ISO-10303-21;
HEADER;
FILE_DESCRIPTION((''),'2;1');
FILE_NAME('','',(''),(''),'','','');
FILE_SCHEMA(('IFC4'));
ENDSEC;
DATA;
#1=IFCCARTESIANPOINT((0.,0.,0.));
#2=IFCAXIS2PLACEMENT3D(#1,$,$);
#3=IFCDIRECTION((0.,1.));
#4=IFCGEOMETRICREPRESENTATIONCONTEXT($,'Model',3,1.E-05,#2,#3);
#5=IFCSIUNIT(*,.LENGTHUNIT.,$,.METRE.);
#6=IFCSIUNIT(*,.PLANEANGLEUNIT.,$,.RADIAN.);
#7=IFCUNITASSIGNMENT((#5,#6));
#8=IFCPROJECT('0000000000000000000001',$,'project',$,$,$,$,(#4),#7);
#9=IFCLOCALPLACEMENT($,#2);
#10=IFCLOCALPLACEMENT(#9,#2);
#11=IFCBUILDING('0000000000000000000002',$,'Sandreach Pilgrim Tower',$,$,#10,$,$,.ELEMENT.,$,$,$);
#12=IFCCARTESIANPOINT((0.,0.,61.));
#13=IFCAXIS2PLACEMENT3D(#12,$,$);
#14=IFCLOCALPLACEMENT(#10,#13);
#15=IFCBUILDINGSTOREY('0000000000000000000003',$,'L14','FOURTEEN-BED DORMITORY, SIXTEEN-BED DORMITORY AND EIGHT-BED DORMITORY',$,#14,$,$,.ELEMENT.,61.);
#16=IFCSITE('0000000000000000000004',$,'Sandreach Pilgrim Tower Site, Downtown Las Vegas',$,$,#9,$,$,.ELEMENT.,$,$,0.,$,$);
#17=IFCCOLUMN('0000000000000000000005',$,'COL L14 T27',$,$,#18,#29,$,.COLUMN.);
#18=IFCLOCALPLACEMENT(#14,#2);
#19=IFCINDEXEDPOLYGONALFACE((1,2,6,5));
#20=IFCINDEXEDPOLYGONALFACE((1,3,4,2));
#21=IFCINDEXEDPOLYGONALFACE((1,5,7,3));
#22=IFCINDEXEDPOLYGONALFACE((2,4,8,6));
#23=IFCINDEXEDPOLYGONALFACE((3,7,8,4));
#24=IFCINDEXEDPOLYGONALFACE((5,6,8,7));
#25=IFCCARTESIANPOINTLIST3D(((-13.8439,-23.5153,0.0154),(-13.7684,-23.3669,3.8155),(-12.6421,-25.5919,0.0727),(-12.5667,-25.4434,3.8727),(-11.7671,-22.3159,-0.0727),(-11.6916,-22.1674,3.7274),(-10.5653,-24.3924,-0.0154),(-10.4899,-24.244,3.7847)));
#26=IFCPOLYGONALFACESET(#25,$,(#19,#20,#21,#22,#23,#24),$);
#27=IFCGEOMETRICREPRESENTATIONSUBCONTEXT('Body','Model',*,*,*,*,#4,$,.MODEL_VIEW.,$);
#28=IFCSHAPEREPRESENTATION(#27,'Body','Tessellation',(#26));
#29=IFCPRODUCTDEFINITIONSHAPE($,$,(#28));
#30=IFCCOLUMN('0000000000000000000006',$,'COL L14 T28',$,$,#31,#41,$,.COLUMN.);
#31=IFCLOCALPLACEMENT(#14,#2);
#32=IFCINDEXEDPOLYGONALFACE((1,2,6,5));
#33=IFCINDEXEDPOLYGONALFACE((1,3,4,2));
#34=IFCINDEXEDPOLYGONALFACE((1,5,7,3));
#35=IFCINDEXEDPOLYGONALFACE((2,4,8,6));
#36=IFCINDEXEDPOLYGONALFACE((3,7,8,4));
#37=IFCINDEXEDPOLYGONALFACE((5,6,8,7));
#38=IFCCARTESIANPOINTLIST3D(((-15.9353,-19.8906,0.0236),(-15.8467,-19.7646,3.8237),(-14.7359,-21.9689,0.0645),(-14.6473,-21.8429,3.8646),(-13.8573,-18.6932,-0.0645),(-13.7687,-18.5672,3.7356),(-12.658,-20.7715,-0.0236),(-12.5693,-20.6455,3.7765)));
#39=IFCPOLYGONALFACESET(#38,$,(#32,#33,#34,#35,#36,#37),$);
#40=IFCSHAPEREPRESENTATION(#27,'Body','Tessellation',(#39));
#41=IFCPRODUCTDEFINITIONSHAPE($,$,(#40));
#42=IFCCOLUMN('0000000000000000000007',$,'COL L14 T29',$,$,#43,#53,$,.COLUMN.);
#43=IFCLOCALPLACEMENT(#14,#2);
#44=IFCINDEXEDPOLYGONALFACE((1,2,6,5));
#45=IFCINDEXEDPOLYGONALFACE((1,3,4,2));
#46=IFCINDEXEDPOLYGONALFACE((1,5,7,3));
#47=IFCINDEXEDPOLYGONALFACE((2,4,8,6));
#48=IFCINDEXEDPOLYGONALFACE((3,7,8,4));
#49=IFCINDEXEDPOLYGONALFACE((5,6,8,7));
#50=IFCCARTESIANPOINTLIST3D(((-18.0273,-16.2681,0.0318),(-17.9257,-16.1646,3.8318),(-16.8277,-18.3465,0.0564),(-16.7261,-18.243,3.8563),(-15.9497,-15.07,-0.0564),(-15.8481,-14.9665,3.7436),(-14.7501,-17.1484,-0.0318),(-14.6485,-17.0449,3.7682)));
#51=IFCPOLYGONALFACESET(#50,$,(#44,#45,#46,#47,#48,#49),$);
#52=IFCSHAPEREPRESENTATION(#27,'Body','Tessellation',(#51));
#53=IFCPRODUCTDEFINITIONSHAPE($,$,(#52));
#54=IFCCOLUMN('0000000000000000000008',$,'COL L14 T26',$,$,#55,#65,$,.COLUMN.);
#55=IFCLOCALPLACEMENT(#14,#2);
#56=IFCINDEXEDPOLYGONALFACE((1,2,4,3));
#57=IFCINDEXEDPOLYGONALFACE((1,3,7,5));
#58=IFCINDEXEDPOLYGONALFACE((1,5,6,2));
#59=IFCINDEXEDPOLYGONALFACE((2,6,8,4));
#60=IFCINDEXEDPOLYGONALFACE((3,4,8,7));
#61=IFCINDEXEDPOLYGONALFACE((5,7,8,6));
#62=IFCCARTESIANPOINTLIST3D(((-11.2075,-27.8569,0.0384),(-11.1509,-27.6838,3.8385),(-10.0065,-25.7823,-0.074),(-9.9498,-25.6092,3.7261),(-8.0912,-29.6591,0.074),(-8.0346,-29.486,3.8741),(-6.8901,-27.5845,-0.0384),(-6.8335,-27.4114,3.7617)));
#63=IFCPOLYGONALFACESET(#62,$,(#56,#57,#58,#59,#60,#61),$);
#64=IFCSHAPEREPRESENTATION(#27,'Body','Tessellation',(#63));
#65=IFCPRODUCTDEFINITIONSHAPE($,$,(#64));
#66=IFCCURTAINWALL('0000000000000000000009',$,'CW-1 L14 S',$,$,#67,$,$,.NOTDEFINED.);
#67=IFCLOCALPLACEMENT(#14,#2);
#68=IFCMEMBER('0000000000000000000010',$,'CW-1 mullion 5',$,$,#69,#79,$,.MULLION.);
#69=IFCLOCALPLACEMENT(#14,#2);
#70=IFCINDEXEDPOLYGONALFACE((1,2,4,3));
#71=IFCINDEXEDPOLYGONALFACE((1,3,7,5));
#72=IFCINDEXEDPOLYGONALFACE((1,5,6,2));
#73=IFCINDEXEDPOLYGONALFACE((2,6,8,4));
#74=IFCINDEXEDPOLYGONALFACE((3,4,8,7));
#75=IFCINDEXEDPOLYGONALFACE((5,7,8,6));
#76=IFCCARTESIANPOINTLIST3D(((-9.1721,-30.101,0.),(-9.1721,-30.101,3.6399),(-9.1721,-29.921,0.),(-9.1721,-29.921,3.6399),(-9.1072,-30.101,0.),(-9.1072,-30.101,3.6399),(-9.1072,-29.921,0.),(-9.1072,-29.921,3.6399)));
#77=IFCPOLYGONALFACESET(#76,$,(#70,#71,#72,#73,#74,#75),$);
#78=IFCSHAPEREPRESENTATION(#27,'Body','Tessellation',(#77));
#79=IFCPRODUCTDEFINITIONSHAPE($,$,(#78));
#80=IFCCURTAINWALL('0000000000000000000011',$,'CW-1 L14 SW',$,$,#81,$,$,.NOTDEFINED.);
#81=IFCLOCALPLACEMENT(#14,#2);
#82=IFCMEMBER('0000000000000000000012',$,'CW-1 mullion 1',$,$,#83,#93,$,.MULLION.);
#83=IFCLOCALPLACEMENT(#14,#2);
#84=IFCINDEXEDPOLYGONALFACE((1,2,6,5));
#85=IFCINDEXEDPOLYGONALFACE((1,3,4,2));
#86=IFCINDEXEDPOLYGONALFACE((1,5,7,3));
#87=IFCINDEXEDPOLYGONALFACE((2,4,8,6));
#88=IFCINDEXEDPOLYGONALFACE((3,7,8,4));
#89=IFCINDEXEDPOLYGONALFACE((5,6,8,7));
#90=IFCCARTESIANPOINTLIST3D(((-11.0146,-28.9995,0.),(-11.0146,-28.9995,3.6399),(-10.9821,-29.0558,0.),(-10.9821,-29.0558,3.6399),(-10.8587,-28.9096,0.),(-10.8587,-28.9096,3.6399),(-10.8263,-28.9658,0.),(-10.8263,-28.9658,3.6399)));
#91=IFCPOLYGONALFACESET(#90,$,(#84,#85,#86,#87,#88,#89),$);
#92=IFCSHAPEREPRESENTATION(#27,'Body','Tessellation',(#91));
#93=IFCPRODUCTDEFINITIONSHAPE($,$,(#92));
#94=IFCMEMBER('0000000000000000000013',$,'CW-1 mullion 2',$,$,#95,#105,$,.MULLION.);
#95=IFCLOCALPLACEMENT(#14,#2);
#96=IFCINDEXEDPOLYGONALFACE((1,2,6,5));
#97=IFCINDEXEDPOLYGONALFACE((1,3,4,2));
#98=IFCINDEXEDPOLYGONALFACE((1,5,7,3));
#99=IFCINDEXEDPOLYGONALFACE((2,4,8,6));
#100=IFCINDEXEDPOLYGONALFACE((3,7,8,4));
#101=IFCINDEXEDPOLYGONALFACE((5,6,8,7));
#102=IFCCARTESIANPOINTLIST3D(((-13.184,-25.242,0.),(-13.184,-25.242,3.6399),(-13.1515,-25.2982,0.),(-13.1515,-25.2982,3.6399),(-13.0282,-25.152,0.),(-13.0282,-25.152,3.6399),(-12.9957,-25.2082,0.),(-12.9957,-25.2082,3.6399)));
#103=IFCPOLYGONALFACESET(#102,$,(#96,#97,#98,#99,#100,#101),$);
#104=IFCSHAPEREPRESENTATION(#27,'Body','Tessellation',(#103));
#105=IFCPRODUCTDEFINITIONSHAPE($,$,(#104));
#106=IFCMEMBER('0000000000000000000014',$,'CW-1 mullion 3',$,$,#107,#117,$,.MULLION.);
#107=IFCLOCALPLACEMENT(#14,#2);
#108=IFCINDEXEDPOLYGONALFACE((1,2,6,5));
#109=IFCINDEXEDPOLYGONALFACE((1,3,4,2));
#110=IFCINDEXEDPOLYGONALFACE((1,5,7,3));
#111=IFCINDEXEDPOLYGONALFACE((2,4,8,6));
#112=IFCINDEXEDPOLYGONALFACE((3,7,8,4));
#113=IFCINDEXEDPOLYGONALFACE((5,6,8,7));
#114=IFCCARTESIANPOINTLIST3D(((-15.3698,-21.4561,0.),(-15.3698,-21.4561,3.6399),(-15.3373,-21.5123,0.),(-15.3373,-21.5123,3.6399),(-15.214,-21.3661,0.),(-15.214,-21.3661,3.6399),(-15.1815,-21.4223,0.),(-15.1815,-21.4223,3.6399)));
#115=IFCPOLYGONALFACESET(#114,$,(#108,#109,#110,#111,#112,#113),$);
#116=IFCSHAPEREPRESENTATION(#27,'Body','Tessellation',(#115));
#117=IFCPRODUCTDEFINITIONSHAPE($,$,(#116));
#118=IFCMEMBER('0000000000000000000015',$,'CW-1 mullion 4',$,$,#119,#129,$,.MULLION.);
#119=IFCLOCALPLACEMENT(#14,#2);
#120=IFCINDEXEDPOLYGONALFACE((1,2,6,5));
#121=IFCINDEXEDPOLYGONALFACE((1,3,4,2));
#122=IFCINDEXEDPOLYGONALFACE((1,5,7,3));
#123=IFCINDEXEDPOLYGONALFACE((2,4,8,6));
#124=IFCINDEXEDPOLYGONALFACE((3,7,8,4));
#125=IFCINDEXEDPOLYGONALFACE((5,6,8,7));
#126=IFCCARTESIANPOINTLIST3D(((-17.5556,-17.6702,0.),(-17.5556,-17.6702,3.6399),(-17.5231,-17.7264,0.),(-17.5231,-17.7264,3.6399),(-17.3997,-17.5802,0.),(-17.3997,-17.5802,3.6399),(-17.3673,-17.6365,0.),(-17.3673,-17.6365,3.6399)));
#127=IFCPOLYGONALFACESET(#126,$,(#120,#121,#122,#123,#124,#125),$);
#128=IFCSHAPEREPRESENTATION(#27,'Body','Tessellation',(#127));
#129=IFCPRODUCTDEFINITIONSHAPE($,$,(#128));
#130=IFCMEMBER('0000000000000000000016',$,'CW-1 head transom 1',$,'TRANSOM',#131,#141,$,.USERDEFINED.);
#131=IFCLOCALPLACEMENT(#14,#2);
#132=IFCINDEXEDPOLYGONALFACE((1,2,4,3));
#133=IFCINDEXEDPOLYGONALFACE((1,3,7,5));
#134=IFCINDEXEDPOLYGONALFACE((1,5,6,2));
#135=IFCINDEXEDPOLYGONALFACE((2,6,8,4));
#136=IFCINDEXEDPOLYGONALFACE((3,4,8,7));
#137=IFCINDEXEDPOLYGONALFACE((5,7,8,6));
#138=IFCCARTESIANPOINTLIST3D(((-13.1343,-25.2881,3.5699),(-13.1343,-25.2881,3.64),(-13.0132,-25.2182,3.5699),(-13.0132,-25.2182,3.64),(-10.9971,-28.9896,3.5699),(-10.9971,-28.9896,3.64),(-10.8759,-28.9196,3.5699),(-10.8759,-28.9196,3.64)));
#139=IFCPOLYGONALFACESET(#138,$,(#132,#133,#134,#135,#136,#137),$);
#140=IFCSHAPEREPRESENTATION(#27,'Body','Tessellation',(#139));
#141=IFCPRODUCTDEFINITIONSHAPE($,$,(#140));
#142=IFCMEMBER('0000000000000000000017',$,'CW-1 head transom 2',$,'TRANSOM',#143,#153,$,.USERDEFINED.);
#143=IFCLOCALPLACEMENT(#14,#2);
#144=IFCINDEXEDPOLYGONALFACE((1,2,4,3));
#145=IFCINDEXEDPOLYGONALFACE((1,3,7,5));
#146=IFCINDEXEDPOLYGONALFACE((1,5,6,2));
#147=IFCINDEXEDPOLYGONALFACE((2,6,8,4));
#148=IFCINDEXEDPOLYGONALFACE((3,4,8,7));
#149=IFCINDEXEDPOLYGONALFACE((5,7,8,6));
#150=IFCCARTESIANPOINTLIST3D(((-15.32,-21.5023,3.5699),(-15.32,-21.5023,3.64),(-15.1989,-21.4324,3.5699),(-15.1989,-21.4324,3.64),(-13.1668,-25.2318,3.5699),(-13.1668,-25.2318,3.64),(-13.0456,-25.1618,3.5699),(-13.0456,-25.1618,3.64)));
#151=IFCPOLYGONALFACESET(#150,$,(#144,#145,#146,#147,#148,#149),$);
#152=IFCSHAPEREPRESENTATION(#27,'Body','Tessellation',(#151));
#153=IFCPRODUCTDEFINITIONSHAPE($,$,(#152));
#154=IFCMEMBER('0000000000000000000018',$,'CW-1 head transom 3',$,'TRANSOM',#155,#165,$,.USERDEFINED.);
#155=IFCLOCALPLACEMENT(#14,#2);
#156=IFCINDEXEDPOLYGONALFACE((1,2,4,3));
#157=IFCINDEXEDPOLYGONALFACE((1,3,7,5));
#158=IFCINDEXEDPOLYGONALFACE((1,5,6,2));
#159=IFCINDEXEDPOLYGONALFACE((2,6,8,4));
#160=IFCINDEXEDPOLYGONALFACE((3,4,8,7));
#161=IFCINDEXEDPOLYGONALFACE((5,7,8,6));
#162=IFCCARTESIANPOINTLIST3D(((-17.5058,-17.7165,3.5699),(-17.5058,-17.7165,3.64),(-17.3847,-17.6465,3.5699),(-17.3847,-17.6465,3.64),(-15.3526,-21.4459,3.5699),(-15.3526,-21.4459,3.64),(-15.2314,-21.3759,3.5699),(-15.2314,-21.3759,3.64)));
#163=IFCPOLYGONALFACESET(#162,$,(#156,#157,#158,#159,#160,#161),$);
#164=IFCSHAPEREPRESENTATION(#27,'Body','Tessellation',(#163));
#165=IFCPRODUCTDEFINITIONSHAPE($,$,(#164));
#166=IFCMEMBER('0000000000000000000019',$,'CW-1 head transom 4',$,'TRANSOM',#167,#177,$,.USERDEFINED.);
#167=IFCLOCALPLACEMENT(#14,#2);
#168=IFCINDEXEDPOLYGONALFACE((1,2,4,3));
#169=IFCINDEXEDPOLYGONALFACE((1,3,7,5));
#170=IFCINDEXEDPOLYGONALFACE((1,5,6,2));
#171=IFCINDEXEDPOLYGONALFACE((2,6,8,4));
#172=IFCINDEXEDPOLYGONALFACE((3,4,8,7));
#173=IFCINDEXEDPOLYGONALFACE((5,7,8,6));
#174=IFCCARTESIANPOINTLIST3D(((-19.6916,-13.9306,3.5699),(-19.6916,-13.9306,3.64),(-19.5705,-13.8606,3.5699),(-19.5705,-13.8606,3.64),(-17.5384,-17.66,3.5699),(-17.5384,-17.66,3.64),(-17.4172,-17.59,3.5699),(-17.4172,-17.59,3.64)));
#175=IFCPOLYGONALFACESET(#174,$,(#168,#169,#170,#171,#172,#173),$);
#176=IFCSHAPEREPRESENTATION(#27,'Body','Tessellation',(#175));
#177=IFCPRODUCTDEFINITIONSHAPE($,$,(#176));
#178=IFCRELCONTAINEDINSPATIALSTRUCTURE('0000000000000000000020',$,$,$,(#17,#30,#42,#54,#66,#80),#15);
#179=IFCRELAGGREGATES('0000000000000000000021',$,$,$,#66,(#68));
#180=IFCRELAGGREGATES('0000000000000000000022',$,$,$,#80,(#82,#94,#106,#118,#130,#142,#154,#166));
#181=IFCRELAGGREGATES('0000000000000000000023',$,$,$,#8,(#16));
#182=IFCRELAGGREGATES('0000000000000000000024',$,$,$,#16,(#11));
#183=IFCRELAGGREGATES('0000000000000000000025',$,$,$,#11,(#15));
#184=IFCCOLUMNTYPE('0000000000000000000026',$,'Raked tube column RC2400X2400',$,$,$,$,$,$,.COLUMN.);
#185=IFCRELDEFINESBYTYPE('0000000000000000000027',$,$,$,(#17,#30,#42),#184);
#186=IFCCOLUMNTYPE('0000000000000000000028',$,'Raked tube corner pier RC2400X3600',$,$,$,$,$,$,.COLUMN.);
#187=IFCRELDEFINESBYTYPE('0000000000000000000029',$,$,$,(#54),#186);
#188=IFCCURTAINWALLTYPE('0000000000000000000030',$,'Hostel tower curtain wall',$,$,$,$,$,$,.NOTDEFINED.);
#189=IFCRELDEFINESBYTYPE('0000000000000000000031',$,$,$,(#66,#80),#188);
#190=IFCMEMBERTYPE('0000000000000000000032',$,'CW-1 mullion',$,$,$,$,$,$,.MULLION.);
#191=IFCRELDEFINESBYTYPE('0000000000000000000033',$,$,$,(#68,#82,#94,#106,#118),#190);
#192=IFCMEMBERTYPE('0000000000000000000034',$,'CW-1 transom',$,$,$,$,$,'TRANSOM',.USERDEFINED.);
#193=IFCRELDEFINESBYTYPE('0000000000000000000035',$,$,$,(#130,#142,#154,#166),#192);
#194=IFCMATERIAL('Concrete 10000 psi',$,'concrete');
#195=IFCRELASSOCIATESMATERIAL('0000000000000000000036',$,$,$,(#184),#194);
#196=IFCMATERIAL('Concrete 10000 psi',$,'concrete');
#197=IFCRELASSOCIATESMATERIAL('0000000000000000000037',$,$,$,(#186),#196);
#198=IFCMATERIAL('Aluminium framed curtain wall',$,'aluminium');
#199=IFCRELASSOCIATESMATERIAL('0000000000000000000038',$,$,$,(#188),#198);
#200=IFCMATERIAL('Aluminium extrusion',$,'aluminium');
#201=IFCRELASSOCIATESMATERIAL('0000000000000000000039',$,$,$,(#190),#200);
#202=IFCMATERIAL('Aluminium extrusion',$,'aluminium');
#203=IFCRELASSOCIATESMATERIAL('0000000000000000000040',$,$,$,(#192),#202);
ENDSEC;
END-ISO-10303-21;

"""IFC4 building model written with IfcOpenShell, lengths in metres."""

from ifc_helpers import new_model, si_unit, direction, frame, origin, origin_2d, place, context, subcontext, project, spatial, rectangle, extrude, material, material_profile, profile_set, type_object, element, aggregate, save


model = new_model("IFC4")

# Units and contexts
model_context = context("Model", 3, precision=1e-05, world=origin(), true_north=direction((0.0, 1.0)))
body_context = subcontext(model_context, "Body", "Model", "MODEL_VIEW")
ifc_project = project(units=[si_unit("LENGTHUNIT", "METRE"), si_unit("PLANEANGLEUNIT", "RADIAN")], contexts=[model_context])

# Site, building, storey
site_placement = place(None, origin())
site = spatial("IfcSite", under=ifc_project, at=site_placement, Name="Sandreach Pilgrim Tower Site, Downtown Las Vegas", CompositionType="ELEMENT", RefElevation=0.0)
building_placement = place(site_placement, origin())
building = spatial("IfcBuilding", under=site, at=building_placement, Name="Sandreach Pilgrim Tower", CompositionType="ELEMENT")
storey_placement = place(building_placement, frame((0.0, 0.0, 61.0)))
storey = spatial("IfcBuildingStorey", under=building, at=storey_placement, Name="L14", Description="FOURTEEN-BED DORMITORY, SIXTEEN-BED DORMITORY AND EIGHT-BED DORMITORY", CompositionType="ELEMENT", Elevation=61.0)

# Columns
ifc_material_1 = material(Name="Concrete 10000 psi", Category="concrete")
ifc_material_profile_1 = material_profile(ifc_material_1, rectangle(XDim=2.3999, YDim=2.3999, at=origin_2d()), Name="RC2400X2400")
ifc_profile_set_1 = profile_set([ifc_material_profile_1], Name="Concrete 10000 psi")
column_type_1 = type_object("IfcColumnType", Name="Raked tube column RC2400X2400", PredefinedType="COLUMN", material=ifc_profile_set_1)
column_1_placement = place(storey_placement, frame((-12.2046, -23.9539, 0.0), z_axis=(0.019833, 0.039025, 0.999041), x_axis=(-0.865371, -0.499786, 0.036702)))
element("IfcColumn", 1, at=column_1_placement, inside=storey, type_object=column_type_1, Name="COL L14 T27", PredefinedType="COLUMN", context=body_context, shape_type="SweptSolid", body=[
    extrude(rectangle(XDim=2.3999, YDim=2.3999, at=origin_2d()), origin(), (0.0, 0.0, 1.0), 3.8037),
])
column_2_placement = place(storey_placement, frame((-14.2966, -20.3311, 0.0), z_axis=(0.023302, 0.033124, 0.99918), x_axis=(-0.865854, -0.498947, 0.036734)))
element("IfcColumn", 2, at=column_2_placement, inside=storey, type_object=column_type_1, Name="COL L14 T28", PredefinedType="COLUMN", context=body_context, shape_type="SweptSolid", body=[
    extrude(rectangle(XDim=2.3999, YDim=2.3999, at=origin_2d()), origin(), (0.0, 0.0, 1.0), 3.8032),
])
column_3_placement = place(storey_placement, frame((-16.3887, -16.7083, 0.0), z_axis=(0.026707, 0.027221, 0.999273), x_axis=(-0.865695, -0.499221, 0.036736)))
element("IfcColumn", 3, at=column_3_placement, inside=storey, type_object=column_type_1, Name="COL L14 T29", PredefinedType="COLUMN", context=body_context, shape_type="SweptSolid", body=[
    extrude(rectangle(XDim=2.3999, YDim=2.3999, at=origin_2d()), origin(), (0.0, 0.0, 1.0), 3.8027),
])
ifc_material_2 = material(Name="Concrete 10000 psi", Category="concrete")
ifc_material_profile_2 = material_profile(ifc_material_2, rectangle(XDim=2.3999, YDim=3.6001, at=origin_2d()), Name="RC2400X3600")
ifc_profile_set_2 = profile_set([ifc_material_profile_2], Name="Concrete 10000 psi")
column_type_2 = type_object("IfcColumnType", Name="Raked tube corner pier RC2400X3600", PredefinedType="COLUMN", material=ifc_profile_set_2)
column_4_placement = place(storey_placement, frame((-9.0488, -27.7207, 0.0), z_axis=(0.014888, 0.045499, 0.998853), x_axis=(-0.500473, -0.864484, 0.046838)))
element("IfcColumn", 4, at=column_4_placement, inside=storey, type_object=column_type_2, Name="COL L14 T26", PredefinedType="COLUMN", context=body_context, shape_type="SweptSolid", body=[
    extrude(rectangle(XDim=2.3999, YDim=3.6001, at=origin_2d()), origin(), (0.0, 0.0, 1.0), 3.8044),
])

# Curtain wall, member
ifc_material_3 = material(Name="Aluminium framed curtain wall", Category="aluminium")
curtain_wall_type = type_object("IfcCurtainWallType", Name="Hostel tower curtain wall", PredefinedType="NOTDEFINED", material=ifc_material_3)
curtain_wall_1_placement = place(storey_placement, origin())
curtain_wall_1 = element("IfcCurtainWall", 5, at=curtain_wall_1_placement, inside=storey, type_object=curtain_wall_type, Name="CW-1 L14 S", PredefinedType="NOTDEFINED")
ifc_material_4 = material(Name="Aluminium extrusion", Category="aluminium")
ifc_material_profile_3 = material_profile(ifc_material_4, rectangle(XDim=0.0649, YDim=0.1799, at=origin_2d()), Name="CW-1M 65X180")
ifc_profile_set_3 = profile_set([ifc_material_profile_3], Name="Aluminium extrusion")
member_type_1 = type_object("IfcMemberType", Name="CW-1 mullion", PredefinedType="MULLION", material=ifc_profile_set_3)
member_1_placement = place(storey_placement, frame((-9.1396, -30.011, 0.0), z_axis=(0.0, 0.0, 1.0), x_axis=(-1.0, 0.0, 0.0)))
member_1 = element("IfcMember", 6, at=member_1_placement, type_object=member_type_1, Name="CW-1 mullion 5", PredefinedType="MULLION", context=body_context, shape_type="SweptSolid", body=[
    extrude(rectangle(XDim=0.0649, YDim=0.1799, at=origin_2d()), origin(), (0.0, 0.0, 1.0), 3.6399),
])
aggregate(curtain_wall_1, [member_1])

# Curtain wall, members
curtain_wall_2_placement = place(storey_placement, origin())
curtain_wall_2 = element("IfcCurtainWall", 7, at=curtain_wall_2_placement, inside=storey, type_object=curtain_wall_type, Name="CW-1 L14 SW", PredefinedType="NOTDEFINED")
member_2_placement = place(storey_placement, frame((-10.9204, -28.9827, 0.0), z_axis=(0.0, 0.0, 1.0), x_axis=(-0.5, 0.866025, 0.0)))
member_2 = element("IfcMember", 8, at=member_2_placement, type_object=member_type_1, Name="CW-1 mullion 1", PredefinedType="MULLION", context=body_context, shape_type="SweptSolid", body=[
    extrude(rectangle(XDim=0.0649, YDim=0.1799, at=origin_2d()), origin(), (0.0, 0.0, 1.0), 3.6399),
])
member_3_placement = place(storey_placement, frame((-13.0898, -25.2251, 0.0), z_axis=(0.0, 0.0, 1.0), x_axis=(-0.5, 0.866025, 0.0)))
member_3 = element("IfcMember", 9, at=member_3_placement, type_object=member_type_1, Name="CW-1 mullion 2", PredefinedType="MULLION", context=body_context, shape_type="SweptSolid", body=[
    extrude(rectangle(XDim=0.0649, YDim=0.1799, at=origin_2d()), origin(), (0.0, 0.0, 1.0), 3.6399),
])
member_4_placement = place(storey_placement, frame((-15.2756, -21.4392, 0.0), z_axis=(0.0, 0.0, 1.0), x_axis=(-0.5, 0.866025, 0.0)))
member_4 = element("IfcMember", 10, at=member_4_placement, type_object=member_type_1, Name="CW-1 mullion 3", PredefinedType="MULLION", context=body_context, shape_type="SweptSolid", body=[
    extrude(rectangle(XDim=0.0649, YDim=0.1799, at=origin_2d()), origin(), (0.0, 0.0, 1.0), 3.6399),
])
member_5_placement = place(storey_placement, frame((-17.4614, -17.6533, 0.0), z_axis=(0.0, 0.0, 1.0), x_axis=(-0.5, 0.866025, 0.0)))
member_5 = element("IfcMember", 11, at=member_5_placement, type_object=member_type_1, Name="CW-1 mullion 4", PredefinedType="MULLION", context=body_context, shape_type="SweptSolid", body=[
    extrude(rectangle(XDim=0.0649, YDim=0.1799, at=origin_2d()), origin(), (0.0, 0.0, 1.0), 3.6399),
])
ifc_material_5 = material(Name="Aluminium extrusion", Category="aluminium")
ifc_material_profile_4 = material_profile(ifc_material_5, rectangle(XDim=0.1399, YDim=0.0701, at=origin_2d()), Name="CW-1T 140X70")
ifc_profile_set_4 = profile_set([ifc_material_profile_4], Name="Aluminium extrusion")
member_type_2 = type_object("IfcMemberType", Name="CW-1 transom", ElementType="TRANSOM", PredefinedType="USERDEFINED", material=ifc_profile_set_4)
member_6_placement = place(storey_placement, frame((-10.9365, -28.9546, 3.605), z_axis=(-0.500034, 0.866006, 0.0), x_axis=(-0.866006, -0.500034, 0.0)))
member_6 = element("IfcMember", 12, at=member_6_placement, type_object=member_type_2, Name="CW-1 head transom 1", ObjectType="TRANSOM", PredefinedType="USERDEFINED", context=body_context, shape_type="SweptSolid", body=[
    extrude(rectangle(XDim=0.1399, YDim=0.0701, at=origin_2d()), origin(), (0.0, 0.0, 1.0), 4.2742),
])
member_7_placement = place(storey_placement, frame((-13.1062, -25.1968, 3.605), z_axis=(-0.500017, 0.866016, 0.0), x_axis=(-0.866016, -0.500017, 0.0)))
member_7 = element("IfcMember", 13, at=member_7_placement, type_object=member_type_2, Name="CW-1 head transom 2", ObjectType="TRANSOM", PredefinedType="USERDEFINED", context=body_context, shape_type="SweptSolid", body=[
    extrude(rectangle(XDim=0.1399, YDim=0.0701, at=origin_2d()), origin(), (0.0, 0.0, 1.0), 4.3064),
])
member_8_placement = place(storey_placement, frame((-15.292, -21.4109, 3.605), z_axis=(-0.500017, 0.866016, 0.0), x_axis=(-0.866016, -0.500017, 0.0)))
member_8 = element("IfcMember", 14, at=member_8_placement, type_object=member_type_2, Name="CW-1 head transom 3", ObjectType="TRANSOM", PredefinedType="USERDEFINED", context=body_context, shape_type="SweptSolid", body=[
    extrude(rectangle(XDim=0.1399, YDim=0.0701, at=origin_2d()), origin(), (0.0, 0.0, 1.0), 4.3064),
])
member_9_placement = place(storey_placement, frame((-17.4778, -17.625, 3.605), z_axis=(-0.500017, 0.866016, 0.0), x_axis=(-0.866016, -0.500017, 0.0)))
member_9 = element("IfcMember", 15, at=member_9_placement, type_object=member_type_2, Name="CW-1 head transom 4", ObjectType="TRANSOM", PredefinedType="USERDEFINED", context=body_context, shape_type="SweptSolid", body=[
    extrude(rectangle(XDim=0.1399, YDim=0.0701, at=origin_2d()), origin(), (0.0, 0.0, 1.0), 4.3064),
])

aggregate(curtain_wall_2, [member_2, member_3, member_4, member_5, member_6, member_7, member_8, member_9])

save(model, "model.ifc")
